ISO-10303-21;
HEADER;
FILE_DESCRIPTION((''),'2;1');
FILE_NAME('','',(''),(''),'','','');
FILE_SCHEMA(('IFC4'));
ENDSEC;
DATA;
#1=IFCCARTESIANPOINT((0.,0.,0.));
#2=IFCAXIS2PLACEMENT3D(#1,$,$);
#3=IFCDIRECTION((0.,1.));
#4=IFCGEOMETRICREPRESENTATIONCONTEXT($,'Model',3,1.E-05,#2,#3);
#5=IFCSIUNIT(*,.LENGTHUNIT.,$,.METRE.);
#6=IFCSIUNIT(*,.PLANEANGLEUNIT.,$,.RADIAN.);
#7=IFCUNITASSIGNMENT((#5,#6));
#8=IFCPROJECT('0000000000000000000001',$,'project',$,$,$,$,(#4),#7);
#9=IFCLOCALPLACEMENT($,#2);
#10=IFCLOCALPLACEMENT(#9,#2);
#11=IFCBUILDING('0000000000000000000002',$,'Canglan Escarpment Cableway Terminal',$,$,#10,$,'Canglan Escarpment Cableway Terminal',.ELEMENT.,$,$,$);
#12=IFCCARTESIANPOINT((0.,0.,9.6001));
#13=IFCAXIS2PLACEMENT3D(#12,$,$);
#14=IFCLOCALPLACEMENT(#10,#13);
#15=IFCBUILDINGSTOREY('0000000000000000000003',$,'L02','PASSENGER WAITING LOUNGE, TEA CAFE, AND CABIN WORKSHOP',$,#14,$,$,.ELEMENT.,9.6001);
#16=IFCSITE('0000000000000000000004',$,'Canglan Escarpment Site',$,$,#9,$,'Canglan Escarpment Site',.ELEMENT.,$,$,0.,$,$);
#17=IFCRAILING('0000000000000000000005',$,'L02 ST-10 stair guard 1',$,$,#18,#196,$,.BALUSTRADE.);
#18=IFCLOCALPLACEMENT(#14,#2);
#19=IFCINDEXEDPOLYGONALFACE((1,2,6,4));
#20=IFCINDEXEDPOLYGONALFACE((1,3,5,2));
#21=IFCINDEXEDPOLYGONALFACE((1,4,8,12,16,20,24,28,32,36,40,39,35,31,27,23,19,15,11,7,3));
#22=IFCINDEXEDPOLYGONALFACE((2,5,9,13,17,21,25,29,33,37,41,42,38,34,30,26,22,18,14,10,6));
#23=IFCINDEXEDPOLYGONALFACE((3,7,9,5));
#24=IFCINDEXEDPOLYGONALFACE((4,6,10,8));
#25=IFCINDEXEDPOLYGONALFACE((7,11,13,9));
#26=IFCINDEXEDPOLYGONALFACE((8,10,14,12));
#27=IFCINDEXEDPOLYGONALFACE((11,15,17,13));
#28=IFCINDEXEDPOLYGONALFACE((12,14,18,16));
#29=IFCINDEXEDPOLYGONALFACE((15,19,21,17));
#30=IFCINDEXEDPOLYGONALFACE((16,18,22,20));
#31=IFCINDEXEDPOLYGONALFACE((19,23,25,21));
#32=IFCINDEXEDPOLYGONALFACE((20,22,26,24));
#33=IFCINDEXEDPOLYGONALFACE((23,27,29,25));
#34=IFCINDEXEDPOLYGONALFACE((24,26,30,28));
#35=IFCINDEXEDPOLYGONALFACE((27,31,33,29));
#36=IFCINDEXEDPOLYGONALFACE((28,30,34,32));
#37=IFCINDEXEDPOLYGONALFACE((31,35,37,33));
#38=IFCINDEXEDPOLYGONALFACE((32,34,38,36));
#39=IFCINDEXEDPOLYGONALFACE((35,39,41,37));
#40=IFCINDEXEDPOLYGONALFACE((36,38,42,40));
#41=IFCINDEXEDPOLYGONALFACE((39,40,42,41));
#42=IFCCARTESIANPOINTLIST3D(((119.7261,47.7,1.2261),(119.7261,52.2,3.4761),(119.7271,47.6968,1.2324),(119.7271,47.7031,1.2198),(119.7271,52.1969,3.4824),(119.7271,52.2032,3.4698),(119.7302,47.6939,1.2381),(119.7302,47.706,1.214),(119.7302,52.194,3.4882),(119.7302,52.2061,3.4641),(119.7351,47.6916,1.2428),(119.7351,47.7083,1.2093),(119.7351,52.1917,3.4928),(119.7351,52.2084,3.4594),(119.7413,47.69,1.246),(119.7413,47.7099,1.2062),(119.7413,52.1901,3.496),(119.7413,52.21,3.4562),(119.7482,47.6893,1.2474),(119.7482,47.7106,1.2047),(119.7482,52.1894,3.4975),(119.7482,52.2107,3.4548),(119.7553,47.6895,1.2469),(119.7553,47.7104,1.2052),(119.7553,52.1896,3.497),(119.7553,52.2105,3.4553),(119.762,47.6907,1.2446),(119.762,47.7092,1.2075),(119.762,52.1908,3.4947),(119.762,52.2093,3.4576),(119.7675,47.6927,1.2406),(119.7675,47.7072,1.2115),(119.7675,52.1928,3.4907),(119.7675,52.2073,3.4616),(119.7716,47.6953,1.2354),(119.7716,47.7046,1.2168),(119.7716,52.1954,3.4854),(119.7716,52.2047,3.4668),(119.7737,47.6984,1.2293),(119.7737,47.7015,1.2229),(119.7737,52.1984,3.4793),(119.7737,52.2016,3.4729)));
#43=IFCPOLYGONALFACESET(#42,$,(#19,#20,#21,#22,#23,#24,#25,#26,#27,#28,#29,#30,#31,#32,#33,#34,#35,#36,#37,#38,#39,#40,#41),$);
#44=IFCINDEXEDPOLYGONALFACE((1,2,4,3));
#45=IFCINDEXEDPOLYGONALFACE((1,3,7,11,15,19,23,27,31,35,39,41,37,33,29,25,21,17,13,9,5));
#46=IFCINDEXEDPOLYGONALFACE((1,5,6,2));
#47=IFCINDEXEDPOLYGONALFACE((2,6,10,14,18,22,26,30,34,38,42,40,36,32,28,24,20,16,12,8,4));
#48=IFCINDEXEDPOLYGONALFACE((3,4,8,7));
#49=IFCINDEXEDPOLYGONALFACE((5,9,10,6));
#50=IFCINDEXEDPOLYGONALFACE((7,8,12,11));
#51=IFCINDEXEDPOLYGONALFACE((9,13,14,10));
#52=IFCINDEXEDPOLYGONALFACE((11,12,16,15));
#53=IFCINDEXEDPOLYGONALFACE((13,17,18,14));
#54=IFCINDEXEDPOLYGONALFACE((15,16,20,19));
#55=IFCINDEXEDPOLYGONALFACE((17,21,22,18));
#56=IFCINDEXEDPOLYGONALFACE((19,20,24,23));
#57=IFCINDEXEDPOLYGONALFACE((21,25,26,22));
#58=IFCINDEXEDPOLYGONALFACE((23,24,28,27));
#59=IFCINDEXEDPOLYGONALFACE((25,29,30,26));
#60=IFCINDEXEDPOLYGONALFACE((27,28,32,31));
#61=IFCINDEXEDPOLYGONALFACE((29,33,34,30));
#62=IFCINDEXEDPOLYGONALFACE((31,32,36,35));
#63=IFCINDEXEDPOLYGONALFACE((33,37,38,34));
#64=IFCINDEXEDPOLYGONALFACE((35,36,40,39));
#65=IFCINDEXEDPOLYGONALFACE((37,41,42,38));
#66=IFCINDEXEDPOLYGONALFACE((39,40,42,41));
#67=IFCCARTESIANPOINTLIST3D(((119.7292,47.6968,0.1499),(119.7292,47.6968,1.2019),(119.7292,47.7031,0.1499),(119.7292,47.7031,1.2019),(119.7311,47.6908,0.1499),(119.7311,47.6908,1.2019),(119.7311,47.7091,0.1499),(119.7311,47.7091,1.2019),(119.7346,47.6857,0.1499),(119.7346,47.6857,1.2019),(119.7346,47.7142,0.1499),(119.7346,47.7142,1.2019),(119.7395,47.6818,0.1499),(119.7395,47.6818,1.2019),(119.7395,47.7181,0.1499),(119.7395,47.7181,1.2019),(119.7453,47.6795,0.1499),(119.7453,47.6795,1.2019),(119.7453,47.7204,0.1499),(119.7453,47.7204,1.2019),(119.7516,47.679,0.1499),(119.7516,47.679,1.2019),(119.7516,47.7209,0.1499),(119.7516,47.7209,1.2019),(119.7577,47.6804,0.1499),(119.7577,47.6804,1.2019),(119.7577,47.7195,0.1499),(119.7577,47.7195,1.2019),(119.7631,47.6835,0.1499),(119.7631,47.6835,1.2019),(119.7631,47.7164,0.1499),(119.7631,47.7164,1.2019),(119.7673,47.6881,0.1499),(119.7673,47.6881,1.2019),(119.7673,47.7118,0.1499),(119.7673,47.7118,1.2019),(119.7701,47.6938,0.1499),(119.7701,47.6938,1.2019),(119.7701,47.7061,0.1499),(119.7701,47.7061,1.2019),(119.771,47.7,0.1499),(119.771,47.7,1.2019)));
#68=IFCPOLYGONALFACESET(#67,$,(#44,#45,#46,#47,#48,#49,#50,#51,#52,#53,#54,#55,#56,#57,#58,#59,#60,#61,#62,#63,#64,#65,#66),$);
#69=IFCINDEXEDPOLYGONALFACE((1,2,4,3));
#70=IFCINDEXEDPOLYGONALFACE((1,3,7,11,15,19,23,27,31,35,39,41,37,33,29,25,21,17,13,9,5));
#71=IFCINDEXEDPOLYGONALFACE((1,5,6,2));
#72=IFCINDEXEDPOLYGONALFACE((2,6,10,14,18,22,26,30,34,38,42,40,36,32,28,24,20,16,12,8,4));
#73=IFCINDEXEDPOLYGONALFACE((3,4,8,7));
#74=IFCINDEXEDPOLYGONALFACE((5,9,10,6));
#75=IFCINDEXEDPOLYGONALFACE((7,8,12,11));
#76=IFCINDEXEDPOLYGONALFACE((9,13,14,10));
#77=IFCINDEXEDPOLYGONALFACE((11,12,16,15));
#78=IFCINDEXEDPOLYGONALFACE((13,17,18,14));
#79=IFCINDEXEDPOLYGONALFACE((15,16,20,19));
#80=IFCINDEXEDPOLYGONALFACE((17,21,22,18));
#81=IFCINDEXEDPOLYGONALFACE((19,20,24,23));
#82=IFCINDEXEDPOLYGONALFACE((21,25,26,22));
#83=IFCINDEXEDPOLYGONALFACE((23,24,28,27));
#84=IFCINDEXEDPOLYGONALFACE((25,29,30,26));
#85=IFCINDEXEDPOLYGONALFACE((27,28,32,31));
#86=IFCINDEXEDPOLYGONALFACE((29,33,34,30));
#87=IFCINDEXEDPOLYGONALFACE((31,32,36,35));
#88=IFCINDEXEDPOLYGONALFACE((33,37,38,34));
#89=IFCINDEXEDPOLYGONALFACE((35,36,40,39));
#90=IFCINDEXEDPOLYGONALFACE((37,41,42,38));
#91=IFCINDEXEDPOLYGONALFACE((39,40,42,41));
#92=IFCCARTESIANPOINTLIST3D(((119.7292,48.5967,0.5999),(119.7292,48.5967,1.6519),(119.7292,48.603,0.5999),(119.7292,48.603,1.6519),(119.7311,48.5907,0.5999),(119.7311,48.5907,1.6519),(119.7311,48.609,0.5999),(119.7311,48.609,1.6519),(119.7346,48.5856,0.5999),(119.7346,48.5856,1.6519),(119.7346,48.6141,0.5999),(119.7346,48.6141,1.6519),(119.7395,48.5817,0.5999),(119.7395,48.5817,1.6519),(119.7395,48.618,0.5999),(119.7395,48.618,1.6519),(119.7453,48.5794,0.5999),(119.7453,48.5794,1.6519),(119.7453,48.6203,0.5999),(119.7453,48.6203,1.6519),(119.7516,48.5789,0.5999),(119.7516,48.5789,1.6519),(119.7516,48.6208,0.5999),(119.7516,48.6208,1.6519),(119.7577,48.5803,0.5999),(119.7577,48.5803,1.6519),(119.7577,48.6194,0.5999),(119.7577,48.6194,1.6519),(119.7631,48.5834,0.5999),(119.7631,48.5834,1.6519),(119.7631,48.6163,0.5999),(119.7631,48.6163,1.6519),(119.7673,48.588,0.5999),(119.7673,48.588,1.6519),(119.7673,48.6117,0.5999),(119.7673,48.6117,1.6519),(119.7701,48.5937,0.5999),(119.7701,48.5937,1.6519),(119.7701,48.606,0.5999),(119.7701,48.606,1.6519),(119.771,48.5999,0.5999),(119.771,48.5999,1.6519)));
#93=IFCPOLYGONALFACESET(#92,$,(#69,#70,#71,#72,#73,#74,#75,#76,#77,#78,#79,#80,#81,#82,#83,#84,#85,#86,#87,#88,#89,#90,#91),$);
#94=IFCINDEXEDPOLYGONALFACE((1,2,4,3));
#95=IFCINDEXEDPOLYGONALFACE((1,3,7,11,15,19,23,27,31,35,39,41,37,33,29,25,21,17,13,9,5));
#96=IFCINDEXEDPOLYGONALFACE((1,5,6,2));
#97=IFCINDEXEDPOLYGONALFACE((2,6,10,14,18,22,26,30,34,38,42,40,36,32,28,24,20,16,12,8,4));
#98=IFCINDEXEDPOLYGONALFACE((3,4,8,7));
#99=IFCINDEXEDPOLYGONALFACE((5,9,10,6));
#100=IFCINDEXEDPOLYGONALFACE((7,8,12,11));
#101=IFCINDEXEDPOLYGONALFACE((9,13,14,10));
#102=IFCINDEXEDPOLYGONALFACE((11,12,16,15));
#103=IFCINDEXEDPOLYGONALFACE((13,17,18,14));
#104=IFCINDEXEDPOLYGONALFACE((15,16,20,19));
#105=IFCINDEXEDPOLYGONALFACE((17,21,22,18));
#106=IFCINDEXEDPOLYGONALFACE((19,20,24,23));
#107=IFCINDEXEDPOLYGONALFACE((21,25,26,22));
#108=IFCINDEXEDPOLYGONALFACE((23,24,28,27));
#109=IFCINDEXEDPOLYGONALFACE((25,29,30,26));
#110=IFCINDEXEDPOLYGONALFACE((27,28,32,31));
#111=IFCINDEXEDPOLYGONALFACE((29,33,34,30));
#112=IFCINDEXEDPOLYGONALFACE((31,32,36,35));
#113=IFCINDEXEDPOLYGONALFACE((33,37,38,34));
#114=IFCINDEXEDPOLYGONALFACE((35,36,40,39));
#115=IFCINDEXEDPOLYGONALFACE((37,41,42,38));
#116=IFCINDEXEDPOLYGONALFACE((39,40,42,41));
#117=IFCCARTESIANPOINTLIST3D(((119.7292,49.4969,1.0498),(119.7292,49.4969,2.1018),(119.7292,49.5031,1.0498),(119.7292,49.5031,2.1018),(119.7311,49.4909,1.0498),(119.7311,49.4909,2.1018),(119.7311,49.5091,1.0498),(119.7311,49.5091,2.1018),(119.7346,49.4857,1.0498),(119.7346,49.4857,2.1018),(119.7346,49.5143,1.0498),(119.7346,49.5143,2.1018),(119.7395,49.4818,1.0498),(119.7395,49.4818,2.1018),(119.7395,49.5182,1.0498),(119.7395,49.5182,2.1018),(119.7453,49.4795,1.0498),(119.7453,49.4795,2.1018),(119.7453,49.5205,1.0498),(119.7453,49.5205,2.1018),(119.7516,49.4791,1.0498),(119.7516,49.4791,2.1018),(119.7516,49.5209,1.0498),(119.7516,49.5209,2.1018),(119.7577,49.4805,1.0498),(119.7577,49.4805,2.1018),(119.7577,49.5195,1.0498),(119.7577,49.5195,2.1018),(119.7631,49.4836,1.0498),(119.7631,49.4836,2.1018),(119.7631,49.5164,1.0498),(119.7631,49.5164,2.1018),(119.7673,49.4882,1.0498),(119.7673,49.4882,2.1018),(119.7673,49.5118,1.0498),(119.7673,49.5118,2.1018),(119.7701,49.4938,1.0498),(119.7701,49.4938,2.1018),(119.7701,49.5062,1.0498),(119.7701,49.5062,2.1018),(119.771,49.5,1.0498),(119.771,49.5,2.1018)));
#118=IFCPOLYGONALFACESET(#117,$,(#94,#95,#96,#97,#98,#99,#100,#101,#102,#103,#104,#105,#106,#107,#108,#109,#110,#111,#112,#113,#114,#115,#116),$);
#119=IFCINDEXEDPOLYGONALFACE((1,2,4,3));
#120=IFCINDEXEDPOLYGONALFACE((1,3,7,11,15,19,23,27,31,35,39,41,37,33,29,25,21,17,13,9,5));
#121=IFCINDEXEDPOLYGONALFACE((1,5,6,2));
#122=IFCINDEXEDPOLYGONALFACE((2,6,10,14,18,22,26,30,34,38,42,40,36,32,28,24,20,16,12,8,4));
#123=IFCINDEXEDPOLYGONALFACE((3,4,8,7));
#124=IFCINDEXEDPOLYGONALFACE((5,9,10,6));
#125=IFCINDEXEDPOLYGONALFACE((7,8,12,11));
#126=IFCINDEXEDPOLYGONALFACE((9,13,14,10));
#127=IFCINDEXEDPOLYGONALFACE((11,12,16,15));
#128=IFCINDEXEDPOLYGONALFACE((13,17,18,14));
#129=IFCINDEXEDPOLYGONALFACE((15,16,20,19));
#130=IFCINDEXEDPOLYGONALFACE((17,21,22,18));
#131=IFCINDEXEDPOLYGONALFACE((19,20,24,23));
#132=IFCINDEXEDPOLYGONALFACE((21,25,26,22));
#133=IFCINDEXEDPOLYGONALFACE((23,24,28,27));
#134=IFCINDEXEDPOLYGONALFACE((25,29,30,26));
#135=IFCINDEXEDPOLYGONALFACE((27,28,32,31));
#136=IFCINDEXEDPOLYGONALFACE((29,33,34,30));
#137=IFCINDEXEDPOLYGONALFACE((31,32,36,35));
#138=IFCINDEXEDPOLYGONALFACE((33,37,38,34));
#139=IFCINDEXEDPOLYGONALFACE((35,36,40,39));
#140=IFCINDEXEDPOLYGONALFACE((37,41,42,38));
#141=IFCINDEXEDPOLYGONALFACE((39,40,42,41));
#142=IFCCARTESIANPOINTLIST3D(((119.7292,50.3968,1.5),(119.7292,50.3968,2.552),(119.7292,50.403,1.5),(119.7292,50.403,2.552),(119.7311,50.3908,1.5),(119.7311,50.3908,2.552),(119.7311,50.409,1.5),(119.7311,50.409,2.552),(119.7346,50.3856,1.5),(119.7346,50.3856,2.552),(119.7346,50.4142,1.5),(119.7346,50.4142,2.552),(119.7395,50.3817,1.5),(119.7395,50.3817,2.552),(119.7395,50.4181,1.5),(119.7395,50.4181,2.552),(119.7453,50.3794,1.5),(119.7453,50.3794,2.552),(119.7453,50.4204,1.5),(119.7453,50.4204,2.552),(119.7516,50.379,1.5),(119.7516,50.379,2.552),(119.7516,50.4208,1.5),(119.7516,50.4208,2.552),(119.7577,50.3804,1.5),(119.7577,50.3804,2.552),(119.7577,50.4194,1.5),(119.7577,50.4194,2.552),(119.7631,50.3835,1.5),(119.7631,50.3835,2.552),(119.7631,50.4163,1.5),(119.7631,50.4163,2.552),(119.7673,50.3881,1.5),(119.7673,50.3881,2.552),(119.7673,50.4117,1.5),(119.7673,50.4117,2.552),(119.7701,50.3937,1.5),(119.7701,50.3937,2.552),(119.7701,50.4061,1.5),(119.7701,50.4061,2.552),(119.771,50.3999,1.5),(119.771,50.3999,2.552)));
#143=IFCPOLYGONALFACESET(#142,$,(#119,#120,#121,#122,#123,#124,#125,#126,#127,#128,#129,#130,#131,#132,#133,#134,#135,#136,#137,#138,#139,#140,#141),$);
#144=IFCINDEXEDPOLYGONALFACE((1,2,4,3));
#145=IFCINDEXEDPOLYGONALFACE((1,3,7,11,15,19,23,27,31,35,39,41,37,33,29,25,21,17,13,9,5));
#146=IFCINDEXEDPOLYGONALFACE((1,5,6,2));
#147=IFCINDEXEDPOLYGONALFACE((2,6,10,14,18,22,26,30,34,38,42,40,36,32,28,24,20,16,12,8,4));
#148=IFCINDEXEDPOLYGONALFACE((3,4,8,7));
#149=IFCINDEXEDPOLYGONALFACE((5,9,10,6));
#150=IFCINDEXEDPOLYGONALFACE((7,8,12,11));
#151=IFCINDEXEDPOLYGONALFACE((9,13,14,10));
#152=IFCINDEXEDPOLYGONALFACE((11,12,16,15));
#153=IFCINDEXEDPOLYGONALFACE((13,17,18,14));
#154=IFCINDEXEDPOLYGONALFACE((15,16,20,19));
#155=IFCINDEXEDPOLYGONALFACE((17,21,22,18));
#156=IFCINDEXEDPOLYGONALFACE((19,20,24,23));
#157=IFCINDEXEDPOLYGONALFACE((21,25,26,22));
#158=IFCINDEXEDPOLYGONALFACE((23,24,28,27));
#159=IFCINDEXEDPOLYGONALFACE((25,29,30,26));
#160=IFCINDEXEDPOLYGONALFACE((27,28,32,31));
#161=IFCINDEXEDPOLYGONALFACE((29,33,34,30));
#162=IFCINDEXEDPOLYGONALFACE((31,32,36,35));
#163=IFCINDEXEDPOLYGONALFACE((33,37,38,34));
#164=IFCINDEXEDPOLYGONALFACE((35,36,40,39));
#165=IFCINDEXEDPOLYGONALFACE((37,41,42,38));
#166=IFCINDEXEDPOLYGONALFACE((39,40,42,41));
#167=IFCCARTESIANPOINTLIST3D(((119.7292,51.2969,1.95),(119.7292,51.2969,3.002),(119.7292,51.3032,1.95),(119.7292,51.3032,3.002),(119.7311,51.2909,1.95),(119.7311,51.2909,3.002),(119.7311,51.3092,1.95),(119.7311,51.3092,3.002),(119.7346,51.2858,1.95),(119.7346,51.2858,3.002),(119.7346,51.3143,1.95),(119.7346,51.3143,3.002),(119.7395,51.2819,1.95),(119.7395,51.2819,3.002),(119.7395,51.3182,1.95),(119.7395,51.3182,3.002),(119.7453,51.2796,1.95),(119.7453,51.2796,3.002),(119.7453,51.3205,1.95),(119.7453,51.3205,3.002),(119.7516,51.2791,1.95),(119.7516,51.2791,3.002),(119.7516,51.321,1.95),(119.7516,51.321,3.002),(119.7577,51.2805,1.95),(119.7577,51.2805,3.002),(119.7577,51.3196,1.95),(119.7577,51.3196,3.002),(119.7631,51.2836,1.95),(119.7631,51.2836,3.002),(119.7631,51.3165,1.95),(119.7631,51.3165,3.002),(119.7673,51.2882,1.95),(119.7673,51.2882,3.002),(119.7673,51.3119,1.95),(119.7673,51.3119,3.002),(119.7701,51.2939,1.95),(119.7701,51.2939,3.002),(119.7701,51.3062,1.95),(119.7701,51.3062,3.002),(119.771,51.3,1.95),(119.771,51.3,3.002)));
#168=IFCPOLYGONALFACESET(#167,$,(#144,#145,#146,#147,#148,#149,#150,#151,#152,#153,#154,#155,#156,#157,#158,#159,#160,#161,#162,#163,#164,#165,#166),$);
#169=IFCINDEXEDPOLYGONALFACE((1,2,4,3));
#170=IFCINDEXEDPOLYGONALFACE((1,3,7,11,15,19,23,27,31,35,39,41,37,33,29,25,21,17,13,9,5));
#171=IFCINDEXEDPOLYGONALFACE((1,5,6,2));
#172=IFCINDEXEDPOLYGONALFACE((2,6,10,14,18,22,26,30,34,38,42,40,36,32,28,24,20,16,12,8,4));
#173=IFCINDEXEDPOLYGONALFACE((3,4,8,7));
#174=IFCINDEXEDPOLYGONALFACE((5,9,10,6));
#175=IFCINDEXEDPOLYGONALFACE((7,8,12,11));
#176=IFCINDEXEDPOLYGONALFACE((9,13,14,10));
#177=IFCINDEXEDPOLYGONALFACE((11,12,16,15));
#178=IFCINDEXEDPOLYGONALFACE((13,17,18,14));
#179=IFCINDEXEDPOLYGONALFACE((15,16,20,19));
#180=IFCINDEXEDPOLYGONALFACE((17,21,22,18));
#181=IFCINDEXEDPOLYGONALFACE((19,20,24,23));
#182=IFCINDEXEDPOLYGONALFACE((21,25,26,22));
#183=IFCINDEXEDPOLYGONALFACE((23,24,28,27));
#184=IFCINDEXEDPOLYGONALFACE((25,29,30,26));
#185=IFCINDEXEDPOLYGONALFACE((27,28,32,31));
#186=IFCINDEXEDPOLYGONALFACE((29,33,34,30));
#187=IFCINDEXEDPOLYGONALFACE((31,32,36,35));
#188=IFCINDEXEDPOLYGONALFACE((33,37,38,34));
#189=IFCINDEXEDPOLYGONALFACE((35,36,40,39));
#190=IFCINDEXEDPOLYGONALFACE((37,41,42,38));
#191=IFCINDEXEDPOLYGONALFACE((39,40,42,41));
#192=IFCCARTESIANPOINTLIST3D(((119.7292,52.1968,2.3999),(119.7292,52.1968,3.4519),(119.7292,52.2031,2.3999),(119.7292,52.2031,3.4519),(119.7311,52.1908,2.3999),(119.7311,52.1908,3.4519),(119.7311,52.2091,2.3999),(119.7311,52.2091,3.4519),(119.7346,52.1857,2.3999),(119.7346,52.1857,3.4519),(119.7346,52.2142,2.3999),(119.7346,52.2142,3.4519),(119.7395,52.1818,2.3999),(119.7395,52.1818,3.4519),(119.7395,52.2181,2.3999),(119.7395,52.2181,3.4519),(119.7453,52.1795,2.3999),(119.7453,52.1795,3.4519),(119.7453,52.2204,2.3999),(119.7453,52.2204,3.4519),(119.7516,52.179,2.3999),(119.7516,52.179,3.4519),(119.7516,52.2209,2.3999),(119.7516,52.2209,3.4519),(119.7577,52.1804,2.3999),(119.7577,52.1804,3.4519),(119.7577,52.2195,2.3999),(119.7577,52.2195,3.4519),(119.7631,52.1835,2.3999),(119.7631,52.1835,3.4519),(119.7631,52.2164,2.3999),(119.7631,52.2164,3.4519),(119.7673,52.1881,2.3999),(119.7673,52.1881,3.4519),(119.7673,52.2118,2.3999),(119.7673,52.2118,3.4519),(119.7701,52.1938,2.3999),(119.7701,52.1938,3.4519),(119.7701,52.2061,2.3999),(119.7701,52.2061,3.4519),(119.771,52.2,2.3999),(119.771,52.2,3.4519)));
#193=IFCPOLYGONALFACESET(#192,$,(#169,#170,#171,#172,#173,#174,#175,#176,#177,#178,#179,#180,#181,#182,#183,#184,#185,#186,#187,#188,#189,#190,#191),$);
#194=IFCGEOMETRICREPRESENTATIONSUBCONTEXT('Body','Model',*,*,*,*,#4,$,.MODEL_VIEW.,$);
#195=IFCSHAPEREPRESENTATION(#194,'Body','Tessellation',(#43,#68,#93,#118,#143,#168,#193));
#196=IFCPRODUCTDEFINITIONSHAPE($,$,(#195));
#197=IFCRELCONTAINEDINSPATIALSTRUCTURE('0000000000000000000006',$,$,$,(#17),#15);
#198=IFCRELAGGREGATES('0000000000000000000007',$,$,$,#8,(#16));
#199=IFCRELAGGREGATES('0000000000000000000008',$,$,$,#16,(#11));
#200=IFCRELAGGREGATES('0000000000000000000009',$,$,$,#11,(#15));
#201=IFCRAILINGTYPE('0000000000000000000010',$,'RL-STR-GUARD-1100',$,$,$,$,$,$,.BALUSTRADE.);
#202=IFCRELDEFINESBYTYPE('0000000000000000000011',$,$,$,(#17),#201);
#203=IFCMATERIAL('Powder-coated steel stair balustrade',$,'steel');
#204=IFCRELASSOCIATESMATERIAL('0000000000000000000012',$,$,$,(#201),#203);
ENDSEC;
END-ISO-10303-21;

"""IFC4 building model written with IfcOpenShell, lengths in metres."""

from ifc_helpers import new_model, si_unit, direction, frame, origin, origin_2d, place, context, subcontext, project, spatial, circle, extrude, material, type_object, element, save


model = new_model("IFC4")

# Units and contexts
model_context = context("Model", 3, precision=1e-05, world=origin(), true_north=direction((0.0, 1.0)))
body_context = subcontext(model_context, "Body", "Model", "MODEL_VIEW")
ifc_project = project(units=[si_unit("LENGTHUNIT", "METRE"), si_unit("PLANEANGLEUNIT", "RADIAN")], contexts=[model_context])

# Site, building, storey
site_placement = place(None, origin())
site = spatial("IfcSite", under=ifc_project, at=site_placement, Name="Canglan Escarpment Site", LongName="Canglan Escarpment Site", CompositionType="ELEMENT", RefElevation=0.0)
building_placement = place(site_placement, origin())
building = spatial("IfcBuilding", under=site, at=building_placement, Name="Canglan Escarpment Cableway Terminal", LongName="Canglan Escarpment Cableway Terminal", CompositionType="ELEMENT")
storey_placement = place(building_placement, frame((0.0, 0.0, 9.6001)))
storey = spatial("IfcBuildingStorey", under=building, at=storey_placement, Name="L02", Description="PASSENGER WAITING LOUNGE, TEA CAFE, AND CABIN WORKSHOP", CompositionType="ELEMENT", Elevation=9.6001)

# Railing
ifc_material_1 = material(Name="Powder-coated steel stair balustrade", Category="steel")
railing_type_1 = type_object("IfcRailingType", Name="RL-STR-GUARD-1100", PredefinedType="BALUSTRADE", material=ifc_material_1)
railing_1_placement = place(storey_placement, frame((119.75, 47.7, 0.1499)))
element("IfcRailing", 1, at=railing_1_placement, inside=storey, type_object=railing_type_1, Name="L02 ST-10 stair guard 1", PredefinedType="BALUSTRADE", context=body_context, shape_type="SweptSolid", body=[
    extrude(circle(Radius=0.0239, at=origin_2d()), frame((0.0, 0.0, 1.0762), z_axis=(0.0, 0.894427, 0.447214), x_axis=(-1.0, 0.0, 0.0)), (0.0, 0.0, 1.0), 5.0312),
    extrude(circle(Radius=0.021, at=origin_2d()), origin(), (0.0, 0.0, 1.0), 1.052),
    extrude(circle(Radius=0.021, at=origin_2d()), frame((0.0, 0.8999, 0.45)), (0.0, 0.0, 1.0), 1.052),
    extrude(circle(Radius=0.021, at=origin_2d()), frame((0.0, 1.8, 0.8999)), (0.0, 0.0, 1.0), 1.052),
    extrude(circle(Radius=0.021, at=origin_2d()), frame((0.0, 2.7, 1.3501)), (0.0, 0.0, 1.0), 1.052),
    extrude(circle(Radius=0.021, at=origin_2d()), frame((0.0, 3.6001, 1.8)), (0.0, 0.0, 1.0), 1.052),
    extrude(circle(Radius=0.021, at=origin_2d()), frame((0.0, 4.5, 2.25)), (0.0, 0.0, 1.0), 1.052),
])

save(model, "model.ifc")
